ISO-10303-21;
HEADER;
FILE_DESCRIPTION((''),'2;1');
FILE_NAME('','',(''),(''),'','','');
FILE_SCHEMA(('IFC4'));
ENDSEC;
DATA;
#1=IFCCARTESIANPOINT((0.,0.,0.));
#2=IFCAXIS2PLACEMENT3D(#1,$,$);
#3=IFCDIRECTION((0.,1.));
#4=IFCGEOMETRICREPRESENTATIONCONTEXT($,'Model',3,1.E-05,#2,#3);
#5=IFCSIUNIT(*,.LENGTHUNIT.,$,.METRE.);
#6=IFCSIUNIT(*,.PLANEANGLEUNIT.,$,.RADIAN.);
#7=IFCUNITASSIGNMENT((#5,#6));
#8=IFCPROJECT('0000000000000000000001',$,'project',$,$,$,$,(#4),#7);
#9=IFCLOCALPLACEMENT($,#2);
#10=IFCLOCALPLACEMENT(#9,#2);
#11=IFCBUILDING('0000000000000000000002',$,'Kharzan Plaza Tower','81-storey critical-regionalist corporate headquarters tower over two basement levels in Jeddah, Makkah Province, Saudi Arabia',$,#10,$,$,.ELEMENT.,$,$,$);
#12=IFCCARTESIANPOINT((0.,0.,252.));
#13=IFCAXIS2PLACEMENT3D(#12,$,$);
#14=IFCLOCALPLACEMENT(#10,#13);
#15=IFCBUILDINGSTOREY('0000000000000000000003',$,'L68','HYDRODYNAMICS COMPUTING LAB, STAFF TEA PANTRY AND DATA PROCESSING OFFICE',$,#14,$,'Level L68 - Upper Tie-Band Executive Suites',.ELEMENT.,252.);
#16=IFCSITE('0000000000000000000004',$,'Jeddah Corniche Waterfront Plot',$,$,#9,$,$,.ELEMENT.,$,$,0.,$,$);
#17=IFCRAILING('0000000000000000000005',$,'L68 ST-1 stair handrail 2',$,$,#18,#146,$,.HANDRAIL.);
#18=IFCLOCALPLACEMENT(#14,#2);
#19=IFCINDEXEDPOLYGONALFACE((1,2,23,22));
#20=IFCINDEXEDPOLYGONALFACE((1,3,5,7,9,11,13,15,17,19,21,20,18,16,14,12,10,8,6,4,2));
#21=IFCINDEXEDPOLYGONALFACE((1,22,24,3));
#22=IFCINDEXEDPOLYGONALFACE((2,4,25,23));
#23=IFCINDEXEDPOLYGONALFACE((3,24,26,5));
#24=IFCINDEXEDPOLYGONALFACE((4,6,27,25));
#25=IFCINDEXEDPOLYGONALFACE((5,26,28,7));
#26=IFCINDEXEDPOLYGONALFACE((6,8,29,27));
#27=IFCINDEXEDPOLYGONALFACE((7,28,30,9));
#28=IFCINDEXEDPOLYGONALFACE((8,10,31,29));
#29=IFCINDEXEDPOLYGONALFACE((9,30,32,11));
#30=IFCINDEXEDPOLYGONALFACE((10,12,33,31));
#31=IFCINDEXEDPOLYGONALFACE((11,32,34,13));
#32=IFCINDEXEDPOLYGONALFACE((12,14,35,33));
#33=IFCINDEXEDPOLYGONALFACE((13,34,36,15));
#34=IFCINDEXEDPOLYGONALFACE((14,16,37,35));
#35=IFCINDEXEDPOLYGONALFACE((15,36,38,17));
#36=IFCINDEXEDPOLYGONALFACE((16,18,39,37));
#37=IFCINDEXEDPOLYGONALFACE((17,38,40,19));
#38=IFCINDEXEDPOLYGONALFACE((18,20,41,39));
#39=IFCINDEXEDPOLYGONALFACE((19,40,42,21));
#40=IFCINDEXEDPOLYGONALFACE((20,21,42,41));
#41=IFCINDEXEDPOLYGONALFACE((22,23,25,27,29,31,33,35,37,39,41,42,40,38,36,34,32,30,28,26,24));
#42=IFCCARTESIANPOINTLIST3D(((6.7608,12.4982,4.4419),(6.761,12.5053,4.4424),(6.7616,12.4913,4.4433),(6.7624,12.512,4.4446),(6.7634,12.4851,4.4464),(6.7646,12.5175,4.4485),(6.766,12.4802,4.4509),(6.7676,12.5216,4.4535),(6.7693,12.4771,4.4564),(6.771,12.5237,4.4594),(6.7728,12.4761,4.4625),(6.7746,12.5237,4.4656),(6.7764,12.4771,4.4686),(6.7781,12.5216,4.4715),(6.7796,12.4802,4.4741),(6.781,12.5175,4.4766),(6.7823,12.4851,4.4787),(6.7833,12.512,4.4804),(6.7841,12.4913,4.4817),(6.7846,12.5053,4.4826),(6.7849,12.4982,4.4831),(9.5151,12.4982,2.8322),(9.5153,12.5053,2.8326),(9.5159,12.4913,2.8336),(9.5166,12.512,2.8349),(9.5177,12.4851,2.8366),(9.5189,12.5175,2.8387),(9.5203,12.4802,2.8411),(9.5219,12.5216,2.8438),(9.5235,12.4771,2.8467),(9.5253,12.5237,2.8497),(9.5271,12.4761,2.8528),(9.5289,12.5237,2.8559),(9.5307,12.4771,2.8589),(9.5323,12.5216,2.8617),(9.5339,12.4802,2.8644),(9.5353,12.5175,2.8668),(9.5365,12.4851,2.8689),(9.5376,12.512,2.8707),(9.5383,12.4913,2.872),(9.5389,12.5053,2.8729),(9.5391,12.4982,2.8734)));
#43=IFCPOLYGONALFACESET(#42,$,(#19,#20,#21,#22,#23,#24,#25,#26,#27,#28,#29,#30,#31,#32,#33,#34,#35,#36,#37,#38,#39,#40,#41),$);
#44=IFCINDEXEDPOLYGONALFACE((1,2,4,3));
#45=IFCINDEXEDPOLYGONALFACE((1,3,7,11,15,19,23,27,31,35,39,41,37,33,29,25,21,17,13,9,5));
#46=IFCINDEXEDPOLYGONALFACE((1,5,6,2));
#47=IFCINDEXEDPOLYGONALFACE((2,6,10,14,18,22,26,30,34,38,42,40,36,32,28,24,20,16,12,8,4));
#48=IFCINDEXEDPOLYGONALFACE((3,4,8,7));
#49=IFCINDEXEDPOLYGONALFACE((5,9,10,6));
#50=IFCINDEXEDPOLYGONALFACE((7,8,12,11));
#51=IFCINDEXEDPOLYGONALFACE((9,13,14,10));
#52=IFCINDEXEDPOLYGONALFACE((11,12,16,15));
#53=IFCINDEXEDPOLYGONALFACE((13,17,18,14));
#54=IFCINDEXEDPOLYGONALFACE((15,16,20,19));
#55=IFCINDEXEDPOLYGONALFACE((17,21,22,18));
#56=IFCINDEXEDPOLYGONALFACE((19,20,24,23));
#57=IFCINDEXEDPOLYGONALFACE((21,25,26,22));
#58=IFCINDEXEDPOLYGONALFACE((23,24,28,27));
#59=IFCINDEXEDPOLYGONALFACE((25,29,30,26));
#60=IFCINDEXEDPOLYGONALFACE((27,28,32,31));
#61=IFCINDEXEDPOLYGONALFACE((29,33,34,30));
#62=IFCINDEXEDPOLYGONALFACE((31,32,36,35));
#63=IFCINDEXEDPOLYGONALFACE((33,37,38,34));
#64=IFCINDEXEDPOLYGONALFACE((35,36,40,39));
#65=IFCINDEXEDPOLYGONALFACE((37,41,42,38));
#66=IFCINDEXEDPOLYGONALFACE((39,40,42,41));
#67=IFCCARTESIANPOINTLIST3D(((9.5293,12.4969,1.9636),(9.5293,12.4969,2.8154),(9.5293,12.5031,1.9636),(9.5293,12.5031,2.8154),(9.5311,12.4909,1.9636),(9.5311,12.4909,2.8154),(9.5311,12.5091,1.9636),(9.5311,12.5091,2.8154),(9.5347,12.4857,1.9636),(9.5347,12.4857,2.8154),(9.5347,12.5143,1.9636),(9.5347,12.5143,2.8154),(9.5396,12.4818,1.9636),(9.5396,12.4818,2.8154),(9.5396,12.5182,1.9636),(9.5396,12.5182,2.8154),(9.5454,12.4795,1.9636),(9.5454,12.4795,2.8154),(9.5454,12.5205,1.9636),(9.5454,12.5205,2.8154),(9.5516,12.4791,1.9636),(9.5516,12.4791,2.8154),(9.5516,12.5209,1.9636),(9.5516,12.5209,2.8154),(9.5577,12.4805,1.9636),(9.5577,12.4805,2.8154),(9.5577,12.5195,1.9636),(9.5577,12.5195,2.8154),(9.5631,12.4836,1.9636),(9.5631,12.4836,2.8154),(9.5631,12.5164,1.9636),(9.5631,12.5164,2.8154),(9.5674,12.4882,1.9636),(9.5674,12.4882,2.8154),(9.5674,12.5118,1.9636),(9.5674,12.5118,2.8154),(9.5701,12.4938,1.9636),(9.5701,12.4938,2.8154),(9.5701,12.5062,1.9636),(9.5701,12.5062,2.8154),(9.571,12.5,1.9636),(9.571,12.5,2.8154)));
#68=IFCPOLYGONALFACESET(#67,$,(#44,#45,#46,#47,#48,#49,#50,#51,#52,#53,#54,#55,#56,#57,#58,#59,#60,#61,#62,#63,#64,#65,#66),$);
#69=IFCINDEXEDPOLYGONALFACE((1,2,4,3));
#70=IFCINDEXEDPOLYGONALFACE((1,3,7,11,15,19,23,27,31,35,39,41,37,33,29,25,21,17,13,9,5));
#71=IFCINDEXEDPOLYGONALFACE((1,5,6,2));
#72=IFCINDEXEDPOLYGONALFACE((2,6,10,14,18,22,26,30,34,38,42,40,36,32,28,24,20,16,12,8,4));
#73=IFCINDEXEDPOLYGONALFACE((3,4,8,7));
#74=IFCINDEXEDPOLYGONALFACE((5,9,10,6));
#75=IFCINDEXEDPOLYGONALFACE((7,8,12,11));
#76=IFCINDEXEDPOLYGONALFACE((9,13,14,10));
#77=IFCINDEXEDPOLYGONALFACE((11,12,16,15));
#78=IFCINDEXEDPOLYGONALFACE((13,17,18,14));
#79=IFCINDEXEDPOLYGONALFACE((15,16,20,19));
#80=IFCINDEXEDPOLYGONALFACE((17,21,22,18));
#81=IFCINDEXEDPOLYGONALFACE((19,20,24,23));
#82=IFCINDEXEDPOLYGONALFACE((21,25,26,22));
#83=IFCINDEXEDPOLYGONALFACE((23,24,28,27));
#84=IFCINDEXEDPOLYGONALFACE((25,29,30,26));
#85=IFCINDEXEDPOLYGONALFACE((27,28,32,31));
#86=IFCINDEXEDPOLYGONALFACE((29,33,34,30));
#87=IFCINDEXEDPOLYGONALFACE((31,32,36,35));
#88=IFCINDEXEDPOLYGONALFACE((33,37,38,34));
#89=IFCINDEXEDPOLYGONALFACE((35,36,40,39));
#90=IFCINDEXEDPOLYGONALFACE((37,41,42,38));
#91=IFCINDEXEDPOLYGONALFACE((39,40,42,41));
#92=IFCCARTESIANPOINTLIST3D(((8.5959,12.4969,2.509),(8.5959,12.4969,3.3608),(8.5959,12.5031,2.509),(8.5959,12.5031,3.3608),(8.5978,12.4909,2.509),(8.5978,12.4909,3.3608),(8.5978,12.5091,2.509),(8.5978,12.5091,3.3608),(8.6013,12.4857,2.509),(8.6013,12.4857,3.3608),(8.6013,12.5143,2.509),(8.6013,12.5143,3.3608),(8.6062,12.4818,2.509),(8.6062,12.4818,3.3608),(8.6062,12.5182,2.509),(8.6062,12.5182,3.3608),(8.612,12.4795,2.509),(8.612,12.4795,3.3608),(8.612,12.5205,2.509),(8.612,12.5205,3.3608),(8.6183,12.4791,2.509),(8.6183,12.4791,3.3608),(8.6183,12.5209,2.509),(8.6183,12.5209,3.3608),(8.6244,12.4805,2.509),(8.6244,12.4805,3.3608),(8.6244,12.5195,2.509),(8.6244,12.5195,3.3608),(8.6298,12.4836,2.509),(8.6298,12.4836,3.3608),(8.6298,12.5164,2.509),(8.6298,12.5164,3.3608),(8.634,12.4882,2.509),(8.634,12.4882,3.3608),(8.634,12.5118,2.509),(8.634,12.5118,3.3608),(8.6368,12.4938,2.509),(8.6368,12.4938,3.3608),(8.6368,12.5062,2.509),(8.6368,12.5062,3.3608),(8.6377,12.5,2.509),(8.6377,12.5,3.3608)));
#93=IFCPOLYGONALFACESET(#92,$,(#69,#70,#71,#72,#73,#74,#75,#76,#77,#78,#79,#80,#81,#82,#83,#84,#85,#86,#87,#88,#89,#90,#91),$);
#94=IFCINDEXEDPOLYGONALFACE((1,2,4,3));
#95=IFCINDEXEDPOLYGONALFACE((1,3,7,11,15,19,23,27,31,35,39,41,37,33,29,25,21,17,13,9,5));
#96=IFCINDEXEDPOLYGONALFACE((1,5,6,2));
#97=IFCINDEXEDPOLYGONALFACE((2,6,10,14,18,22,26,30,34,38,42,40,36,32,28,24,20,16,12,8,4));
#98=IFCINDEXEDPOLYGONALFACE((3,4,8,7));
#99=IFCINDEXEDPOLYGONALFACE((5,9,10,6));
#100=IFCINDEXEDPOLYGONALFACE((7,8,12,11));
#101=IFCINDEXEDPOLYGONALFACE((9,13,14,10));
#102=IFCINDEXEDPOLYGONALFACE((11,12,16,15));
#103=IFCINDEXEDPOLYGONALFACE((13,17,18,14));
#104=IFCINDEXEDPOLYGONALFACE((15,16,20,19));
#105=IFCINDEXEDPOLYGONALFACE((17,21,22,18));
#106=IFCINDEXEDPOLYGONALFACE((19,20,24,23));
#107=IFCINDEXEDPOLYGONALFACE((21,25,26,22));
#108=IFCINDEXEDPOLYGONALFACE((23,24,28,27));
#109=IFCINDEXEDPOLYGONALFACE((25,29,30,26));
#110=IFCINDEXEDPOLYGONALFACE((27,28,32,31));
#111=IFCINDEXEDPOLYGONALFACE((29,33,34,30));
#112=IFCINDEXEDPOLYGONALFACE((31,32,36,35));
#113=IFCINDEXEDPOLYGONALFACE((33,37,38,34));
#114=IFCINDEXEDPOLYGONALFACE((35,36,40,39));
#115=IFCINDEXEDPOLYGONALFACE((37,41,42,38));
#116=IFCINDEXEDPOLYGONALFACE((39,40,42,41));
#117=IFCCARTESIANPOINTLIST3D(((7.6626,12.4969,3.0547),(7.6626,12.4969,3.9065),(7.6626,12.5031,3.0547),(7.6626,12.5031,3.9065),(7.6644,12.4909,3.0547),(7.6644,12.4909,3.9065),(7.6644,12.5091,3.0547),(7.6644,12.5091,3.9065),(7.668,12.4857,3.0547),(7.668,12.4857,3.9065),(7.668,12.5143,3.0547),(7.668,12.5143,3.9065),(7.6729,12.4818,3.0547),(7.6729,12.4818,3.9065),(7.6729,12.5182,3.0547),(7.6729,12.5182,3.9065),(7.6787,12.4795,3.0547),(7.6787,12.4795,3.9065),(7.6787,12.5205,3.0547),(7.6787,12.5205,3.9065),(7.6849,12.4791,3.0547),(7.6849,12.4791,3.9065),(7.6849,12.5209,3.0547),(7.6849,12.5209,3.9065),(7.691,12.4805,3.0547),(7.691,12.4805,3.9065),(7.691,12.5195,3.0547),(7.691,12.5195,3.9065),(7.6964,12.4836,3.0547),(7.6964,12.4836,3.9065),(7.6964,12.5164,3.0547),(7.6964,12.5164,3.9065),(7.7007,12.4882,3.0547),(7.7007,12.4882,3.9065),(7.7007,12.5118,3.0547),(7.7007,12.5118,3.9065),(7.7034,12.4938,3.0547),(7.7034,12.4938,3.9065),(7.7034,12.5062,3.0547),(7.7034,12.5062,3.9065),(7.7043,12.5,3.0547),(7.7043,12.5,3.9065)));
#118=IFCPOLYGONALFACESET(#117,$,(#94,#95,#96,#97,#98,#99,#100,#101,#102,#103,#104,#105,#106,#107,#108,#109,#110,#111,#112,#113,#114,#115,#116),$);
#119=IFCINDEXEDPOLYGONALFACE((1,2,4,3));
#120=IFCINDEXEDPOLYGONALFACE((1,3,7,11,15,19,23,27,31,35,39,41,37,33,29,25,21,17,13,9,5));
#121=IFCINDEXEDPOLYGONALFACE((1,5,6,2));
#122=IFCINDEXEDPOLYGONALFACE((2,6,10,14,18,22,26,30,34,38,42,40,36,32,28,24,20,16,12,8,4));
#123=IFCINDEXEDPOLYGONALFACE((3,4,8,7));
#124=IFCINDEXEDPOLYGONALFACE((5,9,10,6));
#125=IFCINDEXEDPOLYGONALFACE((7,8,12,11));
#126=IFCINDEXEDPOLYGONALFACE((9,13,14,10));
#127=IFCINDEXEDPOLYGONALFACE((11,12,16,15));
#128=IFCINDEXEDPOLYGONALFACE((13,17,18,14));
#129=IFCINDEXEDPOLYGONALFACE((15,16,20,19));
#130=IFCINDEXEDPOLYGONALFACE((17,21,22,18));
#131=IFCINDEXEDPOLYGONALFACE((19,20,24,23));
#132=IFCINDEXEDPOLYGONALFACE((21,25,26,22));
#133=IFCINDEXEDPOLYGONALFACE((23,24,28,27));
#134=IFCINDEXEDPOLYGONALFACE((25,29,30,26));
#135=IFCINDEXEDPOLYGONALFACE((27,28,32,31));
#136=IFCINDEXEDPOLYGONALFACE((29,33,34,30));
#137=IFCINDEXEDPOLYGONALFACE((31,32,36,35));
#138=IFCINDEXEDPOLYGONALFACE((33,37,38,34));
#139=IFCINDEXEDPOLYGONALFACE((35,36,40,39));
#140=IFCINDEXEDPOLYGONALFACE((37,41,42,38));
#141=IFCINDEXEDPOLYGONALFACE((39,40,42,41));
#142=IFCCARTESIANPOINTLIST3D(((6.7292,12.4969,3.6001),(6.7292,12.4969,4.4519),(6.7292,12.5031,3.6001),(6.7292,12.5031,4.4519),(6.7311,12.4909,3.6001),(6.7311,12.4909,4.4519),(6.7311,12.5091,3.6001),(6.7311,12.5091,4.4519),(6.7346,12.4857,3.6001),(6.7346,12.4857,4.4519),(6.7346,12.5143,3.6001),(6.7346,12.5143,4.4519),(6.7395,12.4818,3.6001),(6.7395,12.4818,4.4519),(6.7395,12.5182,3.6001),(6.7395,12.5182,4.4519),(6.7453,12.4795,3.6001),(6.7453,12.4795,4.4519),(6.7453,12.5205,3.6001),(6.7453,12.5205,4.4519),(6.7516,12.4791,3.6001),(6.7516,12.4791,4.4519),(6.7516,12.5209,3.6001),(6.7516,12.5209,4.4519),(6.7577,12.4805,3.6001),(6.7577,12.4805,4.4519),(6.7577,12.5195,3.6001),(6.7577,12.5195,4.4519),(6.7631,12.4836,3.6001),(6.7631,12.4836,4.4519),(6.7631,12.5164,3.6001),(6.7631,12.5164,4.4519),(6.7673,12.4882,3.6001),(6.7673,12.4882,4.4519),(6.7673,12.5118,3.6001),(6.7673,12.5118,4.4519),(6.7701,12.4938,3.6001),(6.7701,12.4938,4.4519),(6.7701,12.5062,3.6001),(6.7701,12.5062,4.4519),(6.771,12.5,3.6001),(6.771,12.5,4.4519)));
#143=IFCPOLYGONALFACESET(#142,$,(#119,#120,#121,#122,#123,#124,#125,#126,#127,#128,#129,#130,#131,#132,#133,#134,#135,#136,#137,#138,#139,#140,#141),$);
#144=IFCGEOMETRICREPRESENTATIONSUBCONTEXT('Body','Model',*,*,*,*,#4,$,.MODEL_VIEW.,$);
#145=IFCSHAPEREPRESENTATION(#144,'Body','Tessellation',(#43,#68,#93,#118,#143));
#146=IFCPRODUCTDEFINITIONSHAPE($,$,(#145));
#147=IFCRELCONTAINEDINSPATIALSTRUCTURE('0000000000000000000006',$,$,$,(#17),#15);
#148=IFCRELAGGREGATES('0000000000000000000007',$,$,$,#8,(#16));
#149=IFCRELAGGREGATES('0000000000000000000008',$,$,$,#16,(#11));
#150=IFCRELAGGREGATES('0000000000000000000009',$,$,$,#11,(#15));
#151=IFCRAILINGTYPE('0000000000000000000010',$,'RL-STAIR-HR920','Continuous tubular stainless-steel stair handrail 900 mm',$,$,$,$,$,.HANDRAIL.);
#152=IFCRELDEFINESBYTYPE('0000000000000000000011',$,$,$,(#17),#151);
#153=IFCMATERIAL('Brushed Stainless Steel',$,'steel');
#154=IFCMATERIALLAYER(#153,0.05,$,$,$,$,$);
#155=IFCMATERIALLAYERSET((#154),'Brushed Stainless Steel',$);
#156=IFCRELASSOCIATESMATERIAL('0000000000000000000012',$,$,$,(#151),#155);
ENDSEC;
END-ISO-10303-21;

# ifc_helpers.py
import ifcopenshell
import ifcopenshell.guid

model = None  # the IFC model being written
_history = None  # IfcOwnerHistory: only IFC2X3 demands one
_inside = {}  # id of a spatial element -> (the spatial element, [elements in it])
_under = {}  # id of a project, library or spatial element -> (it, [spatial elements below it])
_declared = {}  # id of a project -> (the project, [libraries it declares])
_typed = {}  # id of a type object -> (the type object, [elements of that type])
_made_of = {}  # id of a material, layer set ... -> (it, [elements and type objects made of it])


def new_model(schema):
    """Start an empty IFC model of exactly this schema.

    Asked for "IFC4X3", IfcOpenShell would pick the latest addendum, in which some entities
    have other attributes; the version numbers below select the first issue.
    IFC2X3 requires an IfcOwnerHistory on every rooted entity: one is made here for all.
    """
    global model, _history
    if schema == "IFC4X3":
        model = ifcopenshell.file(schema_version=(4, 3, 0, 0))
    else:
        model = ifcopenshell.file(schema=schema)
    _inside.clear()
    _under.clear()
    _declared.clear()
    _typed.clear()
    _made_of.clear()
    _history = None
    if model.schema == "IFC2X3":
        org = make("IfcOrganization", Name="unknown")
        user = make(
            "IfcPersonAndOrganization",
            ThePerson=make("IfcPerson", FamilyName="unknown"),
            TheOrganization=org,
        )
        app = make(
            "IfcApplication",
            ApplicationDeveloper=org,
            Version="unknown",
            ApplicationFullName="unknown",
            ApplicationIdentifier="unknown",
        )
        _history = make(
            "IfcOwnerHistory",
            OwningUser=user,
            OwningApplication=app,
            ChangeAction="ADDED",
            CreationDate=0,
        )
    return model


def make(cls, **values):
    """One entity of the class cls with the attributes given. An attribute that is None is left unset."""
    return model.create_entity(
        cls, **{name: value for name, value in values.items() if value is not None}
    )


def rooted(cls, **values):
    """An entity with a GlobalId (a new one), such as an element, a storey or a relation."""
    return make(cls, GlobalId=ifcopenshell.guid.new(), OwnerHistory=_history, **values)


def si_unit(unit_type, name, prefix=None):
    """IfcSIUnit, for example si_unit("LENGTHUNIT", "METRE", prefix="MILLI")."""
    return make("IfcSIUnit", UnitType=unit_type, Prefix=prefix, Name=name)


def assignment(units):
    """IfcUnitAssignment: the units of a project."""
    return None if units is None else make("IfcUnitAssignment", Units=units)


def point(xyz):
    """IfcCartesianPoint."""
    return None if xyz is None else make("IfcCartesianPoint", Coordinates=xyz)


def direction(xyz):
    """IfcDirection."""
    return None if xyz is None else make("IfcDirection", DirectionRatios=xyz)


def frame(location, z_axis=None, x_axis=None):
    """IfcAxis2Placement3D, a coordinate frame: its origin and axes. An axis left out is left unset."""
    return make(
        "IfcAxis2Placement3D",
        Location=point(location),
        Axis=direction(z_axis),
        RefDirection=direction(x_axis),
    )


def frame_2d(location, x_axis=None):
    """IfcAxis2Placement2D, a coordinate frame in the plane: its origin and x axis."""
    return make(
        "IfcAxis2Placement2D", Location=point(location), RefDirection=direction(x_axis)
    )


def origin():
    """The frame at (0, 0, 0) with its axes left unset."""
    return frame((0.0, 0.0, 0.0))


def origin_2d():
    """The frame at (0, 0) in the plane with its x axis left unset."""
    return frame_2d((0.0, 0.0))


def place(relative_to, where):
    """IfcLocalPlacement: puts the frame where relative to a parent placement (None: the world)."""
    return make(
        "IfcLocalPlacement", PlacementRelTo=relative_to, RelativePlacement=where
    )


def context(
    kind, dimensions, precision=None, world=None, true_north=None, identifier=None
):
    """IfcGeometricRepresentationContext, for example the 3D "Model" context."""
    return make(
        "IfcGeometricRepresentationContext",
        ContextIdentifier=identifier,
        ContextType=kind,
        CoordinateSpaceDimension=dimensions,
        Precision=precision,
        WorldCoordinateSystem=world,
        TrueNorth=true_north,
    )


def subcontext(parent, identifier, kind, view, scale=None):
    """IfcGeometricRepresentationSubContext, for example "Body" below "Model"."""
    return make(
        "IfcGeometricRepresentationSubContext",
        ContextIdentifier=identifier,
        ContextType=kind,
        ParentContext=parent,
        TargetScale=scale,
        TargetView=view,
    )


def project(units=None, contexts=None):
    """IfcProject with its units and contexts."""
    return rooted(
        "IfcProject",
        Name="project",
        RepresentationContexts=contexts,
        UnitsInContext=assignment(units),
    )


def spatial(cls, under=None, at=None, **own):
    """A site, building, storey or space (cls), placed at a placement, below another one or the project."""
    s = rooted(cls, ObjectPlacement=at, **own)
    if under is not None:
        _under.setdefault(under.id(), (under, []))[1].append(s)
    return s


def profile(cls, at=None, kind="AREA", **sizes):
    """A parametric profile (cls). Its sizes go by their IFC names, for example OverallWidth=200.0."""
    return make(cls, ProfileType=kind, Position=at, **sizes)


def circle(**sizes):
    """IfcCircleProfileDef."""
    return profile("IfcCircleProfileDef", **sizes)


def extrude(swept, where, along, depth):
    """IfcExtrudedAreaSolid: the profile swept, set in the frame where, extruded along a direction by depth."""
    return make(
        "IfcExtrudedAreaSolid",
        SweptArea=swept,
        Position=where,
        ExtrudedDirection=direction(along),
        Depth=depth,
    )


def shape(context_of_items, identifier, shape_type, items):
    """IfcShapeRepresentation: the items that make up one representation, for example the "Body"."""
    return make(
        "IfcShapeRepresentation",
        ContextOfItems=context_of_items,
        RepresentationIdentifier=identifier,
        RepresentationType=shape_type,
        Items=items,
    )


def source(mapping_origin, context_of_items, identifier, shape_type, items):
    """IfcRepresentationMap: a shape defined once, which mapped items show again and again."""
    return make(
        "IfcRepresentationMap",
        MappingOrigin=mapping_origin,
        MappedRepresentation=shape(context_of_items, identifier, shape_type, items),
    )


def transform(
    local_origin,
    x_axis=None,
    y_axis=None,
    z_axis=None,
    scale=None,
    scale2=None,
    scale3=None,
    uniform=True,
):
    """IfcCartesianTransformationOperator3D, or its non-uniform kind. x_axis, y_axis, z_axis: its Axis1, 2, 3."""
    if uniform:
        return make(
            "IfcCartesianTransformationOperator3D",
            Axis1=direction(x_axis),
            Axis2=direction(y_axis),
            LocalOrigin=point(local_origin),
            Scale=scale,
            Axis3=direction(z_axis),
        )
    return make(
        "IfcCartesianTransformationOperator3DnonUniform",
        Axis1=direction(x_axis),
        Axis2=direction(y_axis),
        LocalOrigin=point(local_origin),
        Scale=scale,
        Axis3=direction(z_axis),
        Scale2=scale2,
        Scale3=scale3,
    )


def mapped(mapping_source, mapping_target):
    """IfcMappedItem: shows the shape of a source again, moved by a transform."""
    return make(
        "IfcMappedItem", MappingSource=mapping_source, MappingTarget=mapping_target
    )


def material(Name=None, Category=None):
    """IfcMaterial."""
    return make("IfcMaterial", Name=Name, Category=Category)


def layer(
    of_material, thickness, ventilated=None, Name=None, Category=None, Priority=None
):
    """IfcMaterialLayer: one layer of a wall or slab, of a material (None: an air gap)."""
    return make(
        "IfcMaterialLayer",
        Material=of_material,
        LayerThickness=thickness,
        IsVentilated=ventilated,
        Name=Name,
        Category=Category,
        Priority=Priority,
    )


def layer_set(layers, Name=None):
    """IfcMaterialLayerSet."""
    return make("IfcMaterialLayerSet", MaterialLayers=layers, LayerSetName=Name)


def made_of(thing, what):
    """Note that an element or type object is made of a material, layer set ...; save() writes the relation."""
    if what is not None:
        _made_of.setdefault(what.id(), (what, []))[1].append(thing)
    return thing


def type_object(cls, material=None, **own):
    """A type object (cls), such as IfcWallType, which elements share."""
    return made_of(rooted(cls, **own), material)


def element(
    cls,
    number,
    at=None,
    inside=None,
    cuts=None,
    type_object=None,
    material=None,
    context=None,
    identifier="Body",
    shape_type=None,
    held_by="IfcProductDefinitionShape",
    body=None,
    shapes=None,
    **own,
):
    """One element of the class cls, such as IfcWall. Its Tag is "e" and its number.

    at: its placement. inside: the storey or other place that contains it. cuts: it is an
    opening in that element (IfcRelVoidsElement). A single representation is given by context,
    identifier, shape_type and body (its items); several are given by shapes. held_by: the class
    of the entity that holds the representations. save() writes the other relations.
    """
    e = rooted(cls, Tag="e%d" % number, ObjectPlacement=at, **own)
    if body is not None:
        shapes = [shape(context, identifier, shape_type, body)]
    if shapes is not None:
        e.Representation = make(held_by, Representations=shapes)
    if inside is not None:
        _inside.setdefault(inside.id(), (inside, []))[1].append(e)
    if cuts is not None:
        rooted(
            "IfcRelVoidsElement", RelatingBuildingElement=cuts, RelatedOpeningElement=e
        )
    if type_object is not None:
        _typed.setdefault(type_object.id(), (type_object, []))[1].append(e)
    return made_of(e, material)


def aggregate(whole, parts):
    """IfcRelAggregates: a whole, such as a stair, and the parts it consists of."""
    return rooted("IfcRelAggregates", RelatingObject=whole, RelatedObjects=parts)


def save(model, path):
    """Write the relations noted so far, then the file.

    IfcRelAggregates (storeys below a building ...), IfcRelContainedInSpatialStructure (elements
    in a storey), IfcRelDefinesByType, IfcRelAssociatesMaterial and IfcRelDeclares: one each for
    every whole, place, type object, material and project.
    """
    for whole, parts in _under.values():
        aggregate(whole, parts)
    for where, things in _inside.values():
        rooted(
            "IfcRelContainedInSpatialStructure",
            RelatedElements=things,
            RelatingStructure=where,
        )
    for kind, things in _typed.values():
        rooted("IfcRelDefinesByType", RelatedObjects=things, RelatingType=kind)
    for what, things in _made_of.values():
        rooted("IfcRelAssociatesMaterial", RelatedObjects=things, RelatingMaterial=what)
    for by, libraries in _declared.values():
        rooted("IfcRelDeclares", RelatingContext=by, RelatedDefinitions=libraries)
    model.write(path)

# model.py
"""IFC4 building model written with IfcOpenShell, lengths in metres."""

from ifc_helpers import new_model, si_unit, direction, frame, origin, origin_2d, place, context, subcontext, project, spatial, circle, extrude, source, transform, mapped, material, layer, layer_set, type_object, element, save


model = new_model("IFC4")

# Units and contexts
model_context = context("Model", 3, precision=1e-05, world=origin(), true_north=direction((0.0, 1.0)))
body_context = subcontext(model_context, "Body", "Model", "MODEL_VIEW")
ifc_project = project(units=[si_unit("LENGTHUNIT", "METRE"), si_unit("PLANEANGLEUNIT", "RADIAN")], contexts=[model_context])

# Site, building, storey
site_placement = place(None, origin())
site = spatial("IfcSite", under=ifc_project, at=site_placement, Name="Jeddah Corniche Waterfront Plot", CompositionType="ELEMENT", RefElevation=0.0)
building_placement = place(site_placement, origin())
building = spatial("IfcBuilding", under=site, at=building_placement, Name="Kharzan Plaza Tower", Description="81-storey critical-regionalist corporate headquarters tower over two basement levels in Jeddah, Makkah Province, Saudi Arabia", CompositionType="ELEMENT")
storey_placement = place(building_placement, frame((0.0, 0.0, 252.0)))
storey = spatial("IfcBuildingStorey", under=building, at=storey_placement, Name="L68", Description="HYDRODYNAMICS COMPUTING LAB, STAFF TEA PANTRY AND DATA PROCESSING OFFICE", LongName="Level L68 - Upper Tie-Band Executive Suites", CompositionType="ELEMENT", Elevation=252.0)

# Shared definitions
ifc_material_1 = material(Name="Brushed Stainless Steel", Category="steel")

# Railing
ifc_layer_1 = layer(ifc_material_1, 0.05)
ifc_layer_set_1 = layer_set([ifc_layer_1], Name="Brushed Stainless Steel")
railing_type_1 = type_object("IfcRailingType", Name="RL-STAIR-HR920", Description="Continuous tubular stainless-steel stair handrail 900 mm", PredefinedType="HANDRAIL", material=ifc_layer_set_1)
shared_shape_1 = source(origin(), body_context, "Body", "SweptSolid", [
    extrude(circle(Radius=0.0239, at=origin_2d()), frame((-0.0229, 0.0, 0.8892), z_axis=(-0.863361, 0.0, 0.504587), x_axis=(0.0, -1.0, 0.0)), (0.0, 0.0, 1.0), 3.1902),
    extrude(circle(Radius=0.021, at=origin_2d()), origin(), (0.0, 0.0, 1.0), 0.8518),
    extrude(circle(Radius=0.021, at=origin_2d()), frame((-0.9333, 0.0, 0.5454)), (0.0, 0.0, 1.0), 0.8518),
    extrude(circle(Radius=0.021, at=origin_2d()), frame((-1.8667, 0.0, 1.0911)), (0.0, 0.0, 1.0), 0.8518),
    extrude(circle(Radius=0.021, at=origin_2d()), frame((-2.8, 0.0, 1.6365)), (0.0, 0.0, 1.0), 0.8518),
])
railing_1_placement = place(storey_placement, frame((9.55, 12.5, 1.9636)))
element("IfcRailing", 1, at=railing_1_placement, inside=storey, type_object=railing_type_1, Name="L68 ST-1 stair handrail 2", PredefinedType="HANDRAIL", context=body_context, shape_type="MappedRepresentation", body=[
    mapped(shared_shape_1, transform((0.0, 0.0, 0.0), x_axis=(1.0, 0.0, 0.0), y_axis=(0.0, 1.0, 0.0), z_axis=(0.0, 0.0, 1.0))),
])

save(model, "model.ifc")
